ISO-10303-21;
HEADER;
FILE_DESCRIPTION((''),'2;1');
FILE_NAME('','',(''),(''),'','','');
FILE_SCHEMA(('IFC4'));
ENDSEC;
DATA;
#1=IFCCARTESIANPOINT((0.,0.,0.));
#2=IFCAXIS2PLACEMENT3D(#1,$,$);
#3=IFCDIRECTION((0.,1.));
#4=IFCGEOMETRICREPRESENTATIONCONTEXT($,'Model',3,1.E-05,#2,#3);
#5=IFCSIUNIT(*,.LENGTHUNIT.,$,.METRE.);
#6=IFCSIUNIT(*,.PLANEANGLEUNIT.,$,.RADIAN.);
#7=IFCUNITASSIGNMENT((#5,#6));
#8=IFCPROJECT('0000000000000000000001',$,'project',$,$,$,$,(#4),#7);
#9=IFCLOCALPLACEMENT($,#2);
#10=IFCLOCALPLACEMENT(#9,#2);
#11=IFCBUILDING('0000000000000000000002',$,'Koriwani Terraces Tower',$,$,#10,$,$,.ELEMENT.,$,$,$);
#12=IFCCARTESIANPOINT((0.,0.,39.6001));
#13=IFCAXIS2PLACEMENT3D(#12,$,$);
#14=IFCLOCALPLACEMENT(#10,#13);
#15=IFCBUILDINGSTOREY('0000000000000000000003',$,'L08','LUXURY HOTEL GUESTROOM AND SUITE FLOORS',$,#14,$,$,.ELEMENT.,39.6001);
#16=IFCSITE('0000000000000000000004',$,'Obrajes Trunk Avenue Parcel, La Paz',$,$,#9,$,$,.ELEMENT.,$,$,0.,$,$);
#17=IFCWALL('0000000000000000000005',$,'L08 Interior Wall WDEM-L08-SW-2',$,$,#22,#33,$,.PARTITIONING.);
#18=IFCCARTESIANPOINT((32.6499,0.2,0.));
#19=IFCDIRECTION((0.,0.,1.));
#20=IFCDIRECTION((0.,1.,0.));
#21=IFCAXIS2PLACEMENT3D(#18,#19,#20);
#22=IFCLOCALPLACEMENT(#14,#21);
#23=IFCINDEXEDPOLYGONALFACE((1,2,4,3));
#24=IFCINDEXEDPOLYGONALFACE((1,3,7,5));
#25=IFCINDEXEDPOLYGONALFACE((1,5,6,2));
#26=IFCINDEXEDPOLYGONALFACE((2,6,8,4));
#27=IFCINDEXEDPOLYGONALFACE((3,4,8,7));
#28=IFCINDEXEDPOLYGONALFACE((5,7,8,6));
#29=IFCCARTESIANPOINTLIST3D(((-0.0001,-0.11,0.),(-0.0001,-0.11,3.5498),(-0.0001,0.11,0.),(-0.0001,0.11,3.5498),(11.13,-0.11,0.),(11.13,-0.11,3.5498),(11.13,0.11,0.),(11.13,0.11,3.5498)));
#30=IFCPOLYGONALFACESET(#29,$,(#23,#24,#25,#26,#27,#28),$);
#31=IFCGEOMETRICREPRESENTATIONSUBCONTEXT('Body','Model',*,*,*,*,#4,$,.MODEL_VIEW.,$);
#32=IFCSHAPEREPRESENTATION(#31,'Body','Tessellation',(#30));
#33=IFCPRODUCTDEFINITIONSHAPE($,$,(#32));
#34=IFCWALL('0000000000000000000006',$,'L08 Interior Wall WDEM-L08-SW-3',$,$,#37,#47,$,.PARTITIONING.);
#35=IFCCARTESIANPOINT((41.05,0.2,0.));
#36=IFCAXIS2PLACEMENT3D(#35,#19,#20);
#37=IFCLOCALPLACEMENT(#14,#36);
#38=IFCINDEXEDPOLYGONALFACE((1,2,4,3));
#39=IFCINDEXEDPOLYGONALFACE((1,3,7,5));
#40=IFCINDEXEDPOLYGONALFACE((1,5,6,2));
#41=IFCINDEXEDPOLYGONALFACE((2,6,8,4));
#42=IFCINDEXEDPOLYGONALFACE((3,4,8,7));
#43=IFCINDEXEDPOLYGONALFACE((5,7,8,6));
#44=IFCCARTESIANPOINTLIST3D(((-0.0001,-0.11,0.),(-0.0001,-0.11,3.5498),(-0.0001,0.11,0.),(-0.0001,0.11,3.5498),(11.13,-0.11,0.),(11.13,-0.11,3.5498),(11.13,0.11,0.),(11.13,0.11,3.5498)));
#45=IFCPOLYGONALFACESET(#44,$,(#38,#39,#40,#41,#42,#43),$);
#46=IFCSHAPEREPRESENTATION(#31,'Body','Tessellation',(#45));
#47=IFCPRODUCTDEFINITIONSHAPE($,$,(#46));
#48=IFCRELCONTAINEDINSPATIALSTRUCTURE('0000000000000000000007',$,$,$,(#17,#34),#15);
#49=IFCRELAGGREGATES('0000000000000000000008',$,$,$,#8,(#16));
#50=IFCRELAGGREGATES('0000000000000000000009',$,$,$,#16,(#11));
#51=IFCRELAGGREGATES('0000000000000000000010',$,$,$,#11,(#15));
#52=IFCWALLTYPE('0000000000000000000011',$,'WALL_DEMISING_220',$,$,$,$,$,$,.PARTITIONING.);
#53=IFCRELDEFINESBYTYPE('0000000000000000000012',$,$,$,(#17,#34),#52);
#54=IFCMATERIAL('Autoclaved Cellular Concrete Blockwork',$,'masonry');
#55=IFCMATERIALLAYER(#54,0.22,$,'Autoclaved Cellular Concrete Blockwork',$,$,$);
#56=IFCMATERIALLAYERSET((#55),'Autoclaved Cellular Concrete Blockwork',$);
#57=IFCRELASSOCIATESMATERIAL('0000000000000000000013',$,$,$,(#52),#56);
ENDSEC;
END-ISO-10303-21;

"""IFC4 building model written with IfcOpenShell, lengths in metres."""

from ifc_helpers import new_model, si_unit, direction, frame, frame_2d, origin, place, context, subcontext, project, spatial, rectangle, extrude, material, layer, layer_set, type_object, element, save


model = new_model("IFC4")

# Units and contexts
model_context = context("Model", 3, precision=1e-05, world=origin(), true_north=direction((0.0, 1.0)))
body_context = subcontext(model_context, "Body", "Model", "MODEL_VIEW")
ifc_project = project(units=[si_unit("LENGTHUNIT", "METRE"), si_unit("PLANEANGLEUNIT", "RADIAN")], contexts=[model_context])

# Site, building, storey
site_placement = place(None, origin())
site = spatial("IfcSite", under=ifc_project, at=site_placement, Name="Obrajes Trunk Avenue Parcel, La Paz", CompositionType="ELEMENT", RefElevation=0.0)
building_placement = place(site_placement, origin())
building = spatial("IfcBuilding", under=site, at=building_placement, Name="Koriwani Terraces Tower", CompositionType="ELEMENT")
storey_placement = place(building_placement, frame((0.0, 0.0, 39.6001)))
storey = spatial("IfcBuildingStorey", under=building, at=storey_placement, Name="L08", Description="LUXURY HOTEL GUESTROOM AND SUITE FLOORS", CompositionType="ELEMENT", Elevation=39.6001)

# Walls
ifc_material_1 = material(Name="Autoclaved Cellular Concrete Blockwork", Category="masonry")
ifc_layer_1 = layer(ifc_material_1, 0.22, Name="Autoclaved Cellular Concrete Blockwork")
ifc_layer_set_1 = layer_set([ifc_layer_1], Name="Autoclaved Cellular Concrete Blockwork")
wall_type_1 = type_object("IfcWallType", Name="WALL_DEMISING_220", PredefinedType="PARTITIONING", material=ifc_layer_set_1)
for number, where, z_axis, x_axis, name in (
    (1, (32.6499, 0.2, 0.0), (0.0, 0.0, 1.0), (0.0, 1.0, 0.0), "L08 Interior Wall WDEM-L08-SW-2"),
    (2, (41.05, 0.2, 0.0), (0.0, 0.0, 1.0), (0.0, 1.0, 0.0), "L08 Interior Wall WDEM-L08-SW-3"),
):
    element("IfcWall", number, at=place(storey_placement, frame(where, z_axis=z_axis, x_axis=x_axis)), inside=storey, type_object=wall_type_1, Name=name, PredefinedType="PARTITIONING", context=body_context, shape_type="SweptSolid", body=[
        extrude(rectangle(XDim=11.1301, YDim=0.22, at=frame_2d((5.5649, 0.0))), origin(), (0.0, 0.0, 1.0), 3.5498),
    ])

save(model, "model.ifc")
